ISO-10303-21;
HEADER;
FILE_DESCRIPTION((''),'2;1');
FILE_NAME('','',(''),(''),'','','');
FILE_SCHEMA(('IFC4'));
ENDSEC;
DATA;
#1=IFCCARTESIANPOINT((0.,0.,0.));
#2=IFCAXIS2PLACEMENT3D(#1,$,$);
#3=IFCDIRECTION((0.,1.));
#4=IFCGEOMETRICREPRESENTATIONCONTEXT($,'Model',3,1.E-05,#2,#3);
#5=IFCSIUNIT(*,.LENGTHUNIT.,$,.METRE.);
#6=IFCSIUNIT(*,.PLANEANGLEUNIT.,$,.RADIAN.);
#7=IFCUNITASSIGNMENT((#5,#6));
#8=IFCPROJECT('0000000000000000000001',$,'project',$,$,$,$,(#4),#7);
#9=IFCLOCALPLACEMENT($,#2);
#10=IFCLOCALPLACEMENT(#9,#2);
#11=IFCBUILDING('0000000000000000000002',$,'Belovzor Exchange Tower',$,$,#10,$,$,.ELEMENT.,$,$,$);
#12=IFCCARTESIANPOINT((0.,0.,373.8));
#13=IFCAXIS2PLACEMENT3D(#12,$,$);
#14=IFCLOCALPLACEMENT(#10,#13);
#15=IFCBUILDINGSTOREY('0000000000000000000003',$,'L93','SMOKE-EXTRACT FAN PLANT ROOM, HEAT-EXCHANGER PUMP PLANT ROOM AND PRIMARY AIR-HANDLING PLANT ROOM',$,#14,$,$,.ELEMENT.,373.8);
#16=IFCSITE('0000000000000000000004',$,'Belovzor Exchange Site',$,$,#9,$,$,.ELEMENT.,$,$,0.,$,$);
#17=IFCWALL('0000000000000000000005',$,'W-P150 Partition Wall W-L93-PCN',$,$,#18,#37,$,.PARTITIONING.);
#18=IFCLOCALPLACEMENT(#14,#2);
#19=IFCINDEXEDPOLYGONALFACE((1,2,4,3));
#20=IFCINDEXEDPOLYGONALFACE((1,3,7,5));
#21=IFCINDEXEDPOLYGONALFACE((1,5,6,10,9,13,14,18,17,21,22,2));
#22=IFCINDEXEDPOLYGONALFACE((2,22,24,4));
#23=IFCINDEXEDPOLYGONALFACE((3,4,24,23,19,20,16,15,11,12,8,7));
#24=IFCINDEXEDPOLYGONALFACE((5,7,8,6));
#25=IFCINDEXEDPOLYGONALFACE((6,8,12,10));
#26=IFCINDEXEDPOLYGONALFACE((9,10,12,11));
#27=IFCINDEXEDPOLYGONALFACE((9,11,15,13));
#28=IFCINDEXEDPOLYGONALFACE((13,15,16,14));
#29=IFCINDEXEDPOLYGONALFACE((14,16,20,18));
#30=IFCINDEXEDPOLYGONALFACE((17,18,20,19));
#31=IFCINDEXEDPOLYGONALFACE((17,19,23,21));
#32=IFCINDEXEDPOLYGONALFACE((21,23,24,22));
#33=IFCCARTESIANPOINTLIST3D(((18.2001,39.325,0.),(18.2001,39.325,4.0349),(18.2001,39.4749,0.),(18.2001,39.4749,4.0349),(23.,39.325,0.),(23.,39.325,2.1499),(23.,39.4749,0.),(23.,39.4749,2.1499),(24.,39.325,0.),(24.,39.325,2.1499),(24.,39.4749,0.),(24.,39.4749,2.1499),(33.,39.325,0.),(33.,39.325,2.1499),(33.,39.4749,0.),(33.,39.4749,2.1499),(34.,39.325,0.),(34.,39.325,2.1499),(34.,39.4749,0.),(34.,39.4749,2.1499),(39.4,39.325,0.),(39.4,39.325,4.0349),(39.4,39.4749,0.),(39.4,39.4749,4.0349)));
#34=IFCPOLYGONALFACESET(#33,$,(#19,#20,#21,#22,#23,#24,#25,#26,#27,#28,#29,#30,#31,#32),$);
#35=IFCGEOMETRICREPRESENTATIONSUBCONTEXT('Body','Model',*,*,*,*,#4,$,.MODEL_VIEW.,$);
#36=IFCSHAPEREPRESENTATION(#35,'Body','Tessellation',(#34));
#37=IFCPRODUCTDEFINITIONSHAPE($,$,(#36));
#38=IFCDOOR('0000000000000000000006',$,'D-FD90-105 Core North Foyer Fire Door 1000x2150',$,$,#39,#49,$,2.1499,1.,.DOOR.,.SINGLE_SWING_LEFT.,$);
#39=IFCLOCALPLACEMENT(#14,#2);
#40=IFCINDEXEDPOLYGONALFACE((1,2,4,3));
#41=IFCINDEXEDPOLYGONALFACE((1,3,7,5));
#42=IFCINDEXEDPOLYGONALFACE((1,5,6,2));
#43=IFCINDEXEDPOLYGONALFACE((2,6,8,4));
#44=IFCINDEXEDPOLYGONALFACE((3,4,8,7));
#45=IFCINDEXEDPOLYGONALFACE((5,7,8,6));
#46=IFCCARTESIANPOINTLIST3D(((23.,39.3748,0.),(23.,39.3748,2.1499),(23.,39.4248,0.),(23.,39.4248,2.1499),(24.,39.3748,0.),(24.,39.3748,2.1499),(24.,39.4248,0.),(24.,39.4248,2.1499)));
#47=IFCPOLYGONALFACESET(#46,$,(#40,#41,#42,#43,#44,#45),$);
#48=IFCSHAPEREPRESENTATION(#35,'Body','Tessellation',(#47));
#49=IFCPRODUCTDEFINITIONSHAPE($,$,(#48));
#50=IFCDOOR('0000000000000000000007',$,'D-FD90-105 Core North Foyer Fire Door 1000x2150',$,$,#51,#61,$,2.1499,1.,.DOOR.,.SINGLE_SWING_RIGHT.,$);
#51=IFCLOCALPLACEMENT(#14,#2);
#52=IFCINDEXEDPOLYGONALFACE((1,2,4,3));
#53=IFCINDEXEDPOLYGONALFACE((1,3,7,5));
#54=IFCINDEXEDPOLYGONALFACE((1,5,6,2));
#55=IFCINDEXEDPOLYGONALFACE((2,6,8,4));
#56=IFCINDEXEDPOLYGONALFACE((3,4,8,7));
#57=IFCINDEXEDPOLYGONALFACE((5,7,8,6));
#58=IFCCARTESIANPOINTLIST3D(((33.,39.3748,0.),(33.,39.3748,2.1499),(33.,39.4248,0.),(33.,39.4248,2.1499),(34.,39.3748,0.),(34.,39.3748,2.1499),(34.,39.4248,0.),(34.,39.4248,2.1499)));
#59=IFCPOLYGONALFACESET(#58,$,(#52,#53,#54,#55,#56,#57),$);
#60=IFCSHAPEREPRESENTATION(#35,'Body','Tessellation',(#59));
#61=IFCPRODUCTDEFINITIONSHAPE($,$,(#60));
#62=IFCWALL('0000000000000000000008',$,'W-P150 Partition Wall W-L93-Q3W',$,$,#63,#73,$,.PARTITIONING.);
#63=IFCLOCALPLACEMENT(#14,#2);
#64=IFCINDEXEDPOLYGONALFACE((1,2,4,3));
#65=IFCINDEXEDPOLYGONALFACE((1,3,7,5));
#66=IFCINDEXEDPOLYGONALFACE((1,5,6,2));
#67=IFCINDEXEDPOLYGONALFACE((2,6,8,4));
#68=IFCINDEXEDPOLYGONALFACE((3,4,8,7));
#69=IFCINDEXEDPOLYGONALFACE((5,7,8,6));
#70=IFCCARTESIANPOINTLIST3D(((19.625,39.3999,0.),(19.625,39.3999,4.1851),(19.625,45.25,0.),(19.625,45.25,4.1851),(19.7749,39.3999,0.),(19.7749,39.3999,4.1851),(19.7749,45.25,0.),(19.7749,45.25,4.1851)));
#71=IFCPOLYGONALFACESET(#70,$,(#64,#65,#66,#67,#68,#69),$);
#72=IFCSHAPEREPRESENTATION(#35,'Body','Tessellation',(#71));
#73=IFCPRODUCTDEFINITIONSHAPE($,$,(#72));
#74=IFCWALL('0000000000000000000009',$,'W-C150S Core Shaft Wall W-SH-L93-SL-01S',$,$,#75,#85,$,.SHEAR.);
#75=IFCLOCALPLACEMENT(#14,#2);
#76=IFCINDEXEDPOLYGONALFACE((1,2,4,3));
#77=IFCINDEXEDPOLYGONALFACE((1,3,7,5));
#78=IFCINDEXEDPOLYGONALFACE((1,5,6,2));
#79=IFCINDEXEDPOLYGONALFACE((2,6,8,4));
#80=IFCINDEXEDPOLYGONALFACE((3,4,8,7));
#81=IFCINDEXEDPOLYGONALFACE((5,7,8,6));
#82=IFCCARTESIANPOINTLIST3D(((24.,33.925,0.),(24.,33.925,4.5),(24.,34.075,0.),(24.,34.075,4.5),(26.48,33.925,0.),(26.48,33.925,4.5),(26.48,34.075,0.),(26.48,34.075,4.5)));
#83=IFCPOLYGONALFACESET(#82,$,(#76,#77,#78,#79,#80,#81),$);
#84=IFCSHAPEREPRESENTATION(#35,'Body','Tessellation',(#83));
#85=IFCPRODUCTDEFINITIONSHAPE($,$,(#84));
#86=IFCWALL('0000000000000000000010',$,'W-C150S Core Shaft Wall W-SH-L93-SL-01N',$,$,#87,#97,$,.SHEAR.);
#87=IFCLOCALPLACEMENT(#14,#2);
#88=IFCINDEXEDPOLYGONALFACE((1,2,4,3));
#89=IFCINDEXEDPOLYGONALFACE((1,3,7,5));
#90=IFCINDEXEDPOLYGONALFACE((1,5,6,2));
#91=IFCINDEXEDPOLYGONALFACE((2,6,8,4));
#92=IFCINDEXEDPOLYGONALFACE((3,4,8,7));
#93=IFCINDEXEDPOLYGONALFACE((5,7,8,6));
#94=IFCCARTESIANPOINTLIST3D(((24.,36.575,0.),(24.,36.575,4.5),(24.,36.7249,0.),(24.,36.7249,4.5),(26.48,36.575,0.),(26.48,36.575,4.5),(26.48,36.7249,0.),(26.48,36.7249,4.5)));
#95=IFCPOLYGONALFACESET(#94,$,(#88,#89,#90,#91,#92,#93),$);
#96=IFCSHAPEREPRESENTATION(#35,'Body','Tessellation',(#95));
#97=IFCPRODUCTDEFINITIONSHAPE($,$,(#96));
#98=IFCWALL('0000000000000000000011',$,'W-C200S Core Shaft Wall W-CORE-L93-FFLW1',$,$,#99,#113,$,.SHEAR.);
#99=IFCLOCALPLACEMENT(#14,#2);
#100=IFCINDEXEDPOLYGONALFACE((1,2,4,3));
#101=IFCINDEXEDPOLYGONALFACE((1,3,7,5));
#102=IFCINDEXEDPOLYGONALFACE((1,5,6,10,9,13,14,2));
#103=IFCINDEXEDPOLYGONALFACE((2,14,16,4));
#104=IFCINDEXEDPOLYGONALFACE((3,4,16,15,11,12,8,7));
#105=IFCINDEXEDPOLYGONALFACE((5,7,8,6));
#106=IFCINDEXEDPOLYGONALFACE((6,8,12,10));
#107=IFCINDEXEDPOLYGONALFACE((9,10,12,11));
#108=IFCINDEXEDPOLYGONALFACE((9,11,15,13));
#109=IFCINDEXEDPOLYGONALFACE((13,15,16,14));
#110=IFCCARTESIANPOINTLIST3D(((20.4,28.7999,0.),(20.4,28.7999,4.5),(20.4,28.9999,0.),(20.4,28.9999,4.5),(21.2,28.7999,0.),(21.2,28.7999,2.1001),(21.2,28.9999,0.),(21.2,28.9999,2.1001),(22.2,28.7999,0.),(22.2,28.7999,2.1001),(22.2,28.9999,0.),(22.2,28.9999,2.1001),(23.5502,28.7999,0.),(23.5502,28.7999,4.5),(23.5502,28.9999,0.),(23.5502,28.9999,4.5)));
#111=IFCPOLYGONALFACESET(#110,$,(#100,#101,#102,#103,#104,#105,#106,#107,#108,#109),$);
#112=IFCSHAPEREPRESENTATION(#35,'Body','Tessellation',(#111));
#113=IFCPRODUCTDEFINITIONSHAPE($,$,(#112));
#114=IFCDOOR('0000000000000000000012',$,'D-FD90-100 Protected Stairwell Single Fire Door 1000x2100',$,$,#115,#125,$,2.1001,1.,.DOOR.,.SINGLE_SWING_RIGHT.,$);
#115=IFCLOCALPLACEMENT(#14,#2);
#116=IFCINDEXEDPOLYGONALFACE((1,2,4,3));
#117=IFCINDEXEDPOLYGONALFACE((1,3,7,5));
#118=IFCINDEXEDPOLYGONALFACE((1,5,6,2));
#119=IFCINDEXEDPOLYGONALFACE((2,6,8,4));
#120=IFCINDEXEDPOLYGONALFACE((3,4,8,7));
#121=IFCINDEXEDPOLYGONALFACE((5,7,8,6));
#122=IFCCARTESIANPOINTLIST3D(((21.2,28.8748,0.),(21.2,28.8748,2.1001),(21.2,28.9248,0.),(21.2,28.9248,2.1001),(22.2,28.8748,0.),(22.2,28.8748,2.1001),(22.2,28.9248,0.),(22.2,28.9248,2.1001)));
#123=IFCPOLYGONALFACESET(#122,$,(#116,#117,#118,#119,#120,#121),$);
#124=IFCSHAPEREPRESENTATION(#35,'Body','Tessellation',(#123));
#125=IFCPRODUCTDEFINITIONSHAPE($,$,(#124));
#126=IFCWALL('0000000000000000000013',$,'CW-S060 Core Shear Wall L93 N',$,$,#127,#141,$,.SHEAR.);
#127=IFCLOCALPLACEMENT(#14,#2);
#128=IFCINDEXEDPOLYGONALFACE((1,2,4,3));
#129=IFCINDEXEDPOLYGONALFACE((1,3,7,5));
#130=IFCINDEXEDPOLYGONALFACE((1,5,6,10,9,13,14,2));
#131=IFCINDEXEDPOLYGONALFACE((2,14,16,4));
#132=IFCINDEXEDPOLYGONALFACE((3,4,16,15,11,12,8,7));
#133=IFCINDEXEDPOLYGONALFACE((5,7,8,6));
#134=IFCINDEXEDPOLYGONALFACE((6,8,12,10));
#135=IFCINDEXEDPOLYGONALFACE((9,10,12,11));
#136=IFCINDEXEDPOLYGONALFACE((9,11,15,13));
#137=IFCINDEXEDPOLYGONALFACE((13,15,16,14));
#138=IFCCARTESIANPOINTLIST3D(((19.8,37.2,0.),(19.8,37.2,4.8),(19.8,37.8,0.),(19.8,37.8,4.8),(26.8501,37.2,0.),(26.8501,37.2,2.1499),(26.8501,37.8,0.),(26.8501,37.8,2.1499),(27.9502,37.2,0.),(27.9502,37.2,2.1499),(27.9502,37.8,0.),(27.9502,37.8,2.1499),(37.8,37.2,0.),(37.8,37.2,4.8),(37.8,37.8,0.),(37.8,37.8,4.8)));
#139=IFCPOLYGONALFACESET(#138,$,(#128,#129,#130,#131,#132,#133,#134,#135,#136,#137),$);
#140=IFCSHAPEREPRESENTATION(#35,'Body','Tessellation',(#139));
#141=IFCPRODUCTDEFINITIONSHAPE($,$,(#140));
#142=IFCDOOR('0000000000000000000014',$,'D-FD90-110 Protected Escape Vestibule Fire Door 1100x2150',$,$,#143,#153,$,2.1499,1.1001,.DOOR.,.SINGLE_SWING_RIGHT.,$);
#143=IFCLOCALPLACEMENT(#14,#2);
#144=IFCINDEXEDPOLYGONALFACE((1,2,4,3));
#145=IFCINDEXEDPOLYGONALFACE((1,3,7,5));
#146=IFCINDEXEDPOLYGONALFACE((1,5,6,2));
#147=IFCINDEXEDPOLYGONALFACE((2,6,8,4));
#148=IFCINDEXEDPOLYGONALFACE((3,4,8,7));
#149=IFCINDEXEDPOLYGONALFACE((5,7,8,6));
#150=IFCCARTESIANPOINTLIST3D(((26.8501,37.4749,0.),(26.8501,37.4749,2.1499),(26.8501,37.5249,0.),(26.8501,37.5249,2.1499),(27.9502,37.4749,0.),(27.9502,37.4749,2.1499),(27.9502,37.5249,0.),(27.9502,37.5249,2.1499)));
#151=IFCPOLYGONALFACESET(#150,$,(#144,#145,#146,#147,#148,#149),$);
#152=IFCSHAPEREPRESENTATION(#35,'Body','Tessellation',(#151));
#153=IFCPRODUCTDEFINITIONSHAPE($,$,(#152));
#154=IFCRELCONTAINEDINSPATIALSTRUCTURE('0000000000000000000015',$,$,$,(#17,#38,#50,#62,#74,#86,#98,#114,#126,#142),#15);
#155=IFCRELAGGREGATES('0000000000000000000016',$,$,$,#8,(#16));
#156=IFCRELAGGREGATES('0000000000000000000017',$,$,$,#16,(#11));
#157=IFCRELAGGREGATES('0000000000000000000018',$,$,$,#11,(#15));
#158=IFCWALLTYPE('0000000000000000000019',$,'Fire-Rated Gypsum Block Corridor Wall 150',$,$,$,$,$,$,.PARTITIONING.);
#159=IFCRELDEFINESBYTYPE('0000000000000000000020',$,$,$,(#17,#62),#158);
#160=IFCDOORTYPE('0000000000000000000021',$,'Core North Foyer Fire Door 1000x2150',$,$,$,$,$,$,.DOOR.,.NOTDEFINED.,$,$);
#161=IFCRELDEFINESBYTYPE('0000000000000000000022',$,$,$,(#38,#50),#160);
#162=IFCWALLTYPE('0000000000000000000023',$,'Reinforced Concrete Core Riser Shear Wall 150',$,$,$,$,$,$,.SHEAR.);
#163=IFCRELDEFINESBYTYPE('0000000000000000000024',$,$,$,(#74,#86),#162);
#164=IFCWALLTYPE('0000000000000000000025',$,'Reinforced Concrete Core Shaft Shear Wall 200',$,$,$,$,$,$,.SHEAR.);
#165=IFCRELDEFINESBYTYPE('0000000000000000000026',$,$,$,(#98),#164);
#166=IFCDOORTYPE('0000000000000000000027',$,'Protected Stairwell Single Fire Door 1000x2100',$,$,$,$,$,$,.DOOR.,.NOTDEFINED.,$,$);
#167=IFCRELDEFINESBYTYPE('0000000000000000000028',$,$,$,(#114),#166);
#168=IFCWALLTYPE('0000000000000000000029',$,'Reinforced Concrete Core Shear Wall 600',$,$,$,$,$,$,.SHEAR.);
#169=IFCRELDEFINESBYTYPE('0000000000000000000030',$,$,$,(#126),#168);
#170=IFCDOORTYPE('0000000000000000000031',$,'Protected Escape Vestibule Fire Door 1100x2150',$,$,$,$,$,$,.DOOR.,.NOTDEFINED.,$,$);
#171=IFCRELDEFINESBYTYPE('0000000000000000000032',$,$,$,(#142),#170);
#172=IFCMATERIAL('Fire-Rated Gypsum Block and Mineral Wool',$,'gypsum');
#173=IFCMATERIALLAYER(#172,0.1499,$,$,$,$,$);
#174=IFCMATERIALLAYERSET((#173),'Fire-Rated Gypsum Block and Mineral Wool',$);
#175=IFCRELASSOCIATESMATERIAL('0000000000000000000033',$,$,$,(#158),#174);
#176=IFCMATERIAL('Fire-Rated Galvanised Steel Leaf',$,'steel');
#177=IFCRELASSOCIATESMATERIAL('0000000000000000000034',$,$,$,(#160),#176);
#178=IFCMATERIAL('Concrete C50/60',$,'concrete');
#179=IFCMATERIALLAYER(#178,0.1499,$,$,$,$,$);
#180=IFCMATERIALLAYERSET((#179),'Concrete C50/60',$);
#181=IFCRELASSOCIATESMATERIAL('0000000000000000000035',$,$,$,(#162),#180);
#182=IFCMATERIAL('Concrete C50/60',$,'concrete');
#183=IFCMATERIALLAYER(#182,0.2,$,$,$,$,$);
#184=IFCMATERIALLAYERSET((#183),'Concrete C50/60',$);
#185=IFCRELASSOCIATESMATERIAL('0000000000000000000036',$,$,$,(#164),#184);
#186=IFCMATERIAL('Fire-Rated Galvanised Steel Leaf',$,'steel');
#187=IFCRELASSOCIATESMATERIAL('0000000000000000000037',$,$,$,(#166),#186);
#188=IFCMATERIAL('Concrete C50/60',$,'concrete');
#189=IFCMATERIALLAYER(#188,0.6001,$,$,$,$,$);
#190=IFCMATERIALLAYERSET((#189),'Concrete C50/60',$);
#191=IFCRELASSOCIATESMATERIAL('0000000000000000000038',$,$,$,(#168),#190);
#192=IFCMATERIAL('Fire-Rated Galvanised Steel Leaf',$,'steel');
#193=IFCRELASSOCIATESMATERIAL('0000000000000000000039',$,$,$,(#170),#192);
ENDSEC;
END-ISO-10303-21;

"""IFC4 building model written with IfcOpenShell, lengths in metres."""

from ifc_helpers import new_model, si_unit, direction, frame, frame_2d, origin, place, context, subcontext, project, spatial, rectangle, extrude, material, layer, layer_set, type_object, element, fill, save


model = new_model("IFC4")

# Units and contexts
model_context = context("Model", 3, precision=1e-05, world=origin(), true_north=direction((0.0, 1.0)))
body_context = subcontext(model_context, "Body", "Model", "MODEL_VIEW")
ifc_project = project(units=[si_unit("LENGTHUNIT", "METRE"), si_unit("PLANEANGLEUNIT", "RADIAN")], contexts=[model_context])

# Site, building, storey
site_placement = place(None, origin())
site = spatial("IfcSite", under=ifc_project, at=site_placement, Name="Belovzor Exchange Site", CompositionType="ELEMENT", RefElevation=0.0)
building_placement = place(site_placement, origin())
building = spatial("IfcBuilding", under=site, at=building_placement, Name="Belovzor Exchange Tower", CompositionType="ELEMENT")
storey_placement = place(building_placement, frame((0.0, 0.0, 373.8)))
storey = spatial("IfcBuildingStorey", under=building, at=storey_placement, Name="L93", Description="SMOKE-EXTRACT FAN PLANT ROOM, HEAT-EXCHANGER PUMP PLANT ROOM AND PRIMARY AIR-HANDLING PLANT ROOM", CompositionType="ELEMENT", Elevation=373.8)

# Wall, openings, doors
ifc_material_1 = material(Name="Fire-Rated Gypsum Block and Mineral Wool", Category="gypsum")
ifc_layer_1 = layer(ifc_material_1, 0.1499)
ifc_layer_set_1 = layer_set([ifc_layer_1], Name="Fire-Rated Gypsum Block and Mineral Wool")
wall_type_1 = type_object("IfcWallType", Name="Fire-Rated Gypsum Block Corridor Wall 150", PredefinedType="PARTITIONING", material=ifc_layer_set_1)
wall_1_placement = place(storey_placement, frame((18.2, 39.3999, 0.0), z_axis=(0.0, 0.0, 1.0), x_axis=(1.0, 0.0, 0.0)))
wall_1 = element("IfcWall", 1, at=wall_1_placement, inside=storey, type_object=wall_type_1, Name="W-P150 Partition Wall W-L93-PCN", PredefinedType="PARTITIONING", context=body_context, shape_type="SweptSolid", body=[
    extrude(rectangle(XDim=21.2, YDim=0.1499, at=frame_2d((10.6001, 0.0))), origin(), (0.0, 0.0, 1.0), 4.0349),
])
opening_1_placement = place(wall_1_placement, frame((4.8, 0.0, 0.0)))
opening_1 = element("IfcOpeningElement", 2, at=opening_1_placement, cuts=wall_1, PredefinedType="OPENING", context=body_context, shape_type="SweptSolid", body=[
    extrude(rectangle(XDim=1.0, YDim=2.1499, at=frame_2d((0.5, 1.075))), frame((0.0, 0.085, 0.0), z_axis=(0.0, -1.0, 0.0), x_axis=(1.0, 0.0, 0.0)), (0.0, 0.0, 1.0), 0.1699),
])
opening_2_placement = place(wall_1_placement, frame((14.8, 0.0, 0.0)))
opening_2 = element("IfcOpeningElement", 3, at=opening_2_placement, cuts=wall_1, PredefinedType="OPENING", context=body_context, shape_type="SweptSolid", body=[
    extrude(rectangle(XDim=1.0, YDim=2.1499, at=frame_2d((0.5, 1.075))), frame((0.0, 0.085, 0.0), z_axis=(0.0, -1.0, 0.0), x_axis=(1.0, 0.0, 0.0)), (0.0, 0.0, 1.0), 0.1699),
])
ifc_material_2 = material(Name="Fire-Rated Galvanised Steel Leaf", Category="steel")
door_type_1 = type_object("IfcDoorType", Name="Core North Foyer Fire Door 1000x2150", OperationType="NOTDEFINED", PredefinedType="DOOR", material=ifc_material_2)
door_1_placement = place(opening_1_placement, origin())
door_1 = element("IfcDoor", 4, at=door_1_placement, inside=storey, type_object=door_type_1, Name="D-FD90-105 Core North Foyer Fire Door 1000x2150", OperationType="SINGLE_SWING_LEFT", OverallHeight=2.1499, OverallWidth=1.0, PredefinedType="DOOR", context=body_context, shape_type="SweptSolid", body=[
    extrude(rectangle(XDim=1.0, YDim=2.1499, at=frame_2d((0.5, 1.075))), frame((0.0, 0.0249, 0.0), z_axis=(0.0, -1.0, 0.0), x_axis=(1.0, 0.0, 0.0)), (0.0, 0.0, 1.0), 0.05),
])
fill(opening_1, door_1)
door_2_placement = place(opening_2_placement, origin())
door_2 = element("IfcDoor", 5, at=door_2_placement, inside=storey, type_object=door_type_1, Name="D-FD90-105 Core North Foyer Fire Door 1000x2150", OperationType="SINGLE_SWING_RIGHT", OverallHeight=2.1499, OverallWidth=1.0, PredefinedType="DOOR", context=body_context, shape_type="SweptSolid", body=[
    extrude(rectangle(XDim=1.0, YDim=2.1499, at=frame_2d((0.5, 1.075))), frame((0.0, 0.0249, 0.0), z_axis=(0.0, -1.0, 0.0), x_axis=(1.0, 0.0, 0.0)), (0.0, 0.0, 1.0), 0.05),
])
fill(opening_2, door_2)

# Walls
wall_2_placement = place(storey_placement, frame((19.7, 39.3999, 0.0), z_axis=(0.0, 0.0, 1.0), x_axis=(0.0, 1.0, 0.0)))
element("IfcWall", 6, at=wall_2_placement, inside=storey, type_object=wall_type_1, Name="W-P150 Partition Wall W-L93-Q3W", PredefinedType="PARTITIONING", context=body_context, shape_type="SweptSolid", body=[
    extrude(rectangle(XDim=5.8501, YDim=0.1499, at=frame_2d((2.925, 0.0))), origin(), (0.0, 0.0, 1.0), 4.1851),
])
ifc_material_3 = material(Name="Concrete C50/60", Category="concrete")
ifc_layer_2 = layer(ifc_material_3, 0.1499)
ifc_layer_set_2 = layer_set([ifc_layer_2], Name="Concrete C50/60")
wall_type_2 = type_object("IfcWallType", Name="Reinforced Concrete Core Riser Shear Wall 150", PredefinedType="SHEAR", material=ifc_layer_set_2)
for number, where, z_axis, x_axis, name in (
    (7, (24.0, 34.0, 0.0), (0.0, 0.0, 1.0), (1.0, 0.0, 0.0), "W-C150S Core Shaft Wall W-SH-L93-SL-01S"),
    (8, (24.0, 36.6499, 0.0), (0.0, 0.0, 1.0), (1.0, 0.0, 0.0), "W-C150S Core Shaft Wall W-SH-L93-SL-01N"),
):
    element("IfcWall", number, at=place(storey_placement, frame(where, z_axis=z_axis, x_axis=x_axis)), inside=storey, type_object=wall_type_2, Name=name, PredefinedType="SHEAR", context=body_context, shape_type="SweptSolid", body=[
        extrude(rectangle(XDim=2.48, YDim=0.1499, at=frame_2d((1.24, 0.0))), origin(), (0.0, 0.0, 1.0), 4.5),
    ])

# Walls, openings, doors
ifc_material_4 = material(Name="Concrete C50/60", Category="concrete")
ifc_layer_3 = layer(ifc_material_4, 0.2)
ifc_layer_set_3 = layer_set([ifc_layer_3], Name="Concrete C50/60")
wall_type_3 = type_object("IfcWallType", Name="Reinforced Concrete Core Shaft Shear Wall 200", PredefinedType="SHEAR", material=ifc_layer_set_3)
wall_3_placement = place(storey_placement, frame((20.3999, 28.8999, 0.0), z_axis=(0.0, 0.0, 1.0), x_axis=(1.0, 0.0, 0.0)))
wall_3 = element("IfcWall", 9, at=wall_3_placement, inside=storey, type_object=wall_type_3, Name="W-C200S Core Shaft Wall W-CORE-L93-FFLW1", PredefinedType="SHEAR", context=body_context, shape_type="SweptSolid", body=[
    extrude(rectangle(XDim=3.1501, YDim=0.2, at=frame_2d((1.5752, 0.0))), origin(), (0.0, 0.0, 1.0), 4.5),
])
opening_3_placement = place(wall_3_placement, frame((0.8, 0.0, 0.0)))
opening_3 = element("IfcOpeningElement", 10, at=opening_3_placement, cuts=wall_3, PredefinedType="OPENING", context=body_context, shape_type="SweptSolid", body=[
    extrude(rectangle(XDim=1.0, YDim=2.1001, at=frame_2d((0.5, 1.05))), frame((0.0, 0.1099, 0.0), z_axis=(0.0, -1.0, 0.0), x_axis=(1.0, 0.0, 0.0)), (0.0, 0.0, 1.0), 0.22),
])
ifc_material_5 = material(Name="Fire-Rated Galvanised Steel Leaf", Category="steel")
door_type_2 = type_object("IfcDoorType", Name="Protected Stairwell Single Fire Door 1000x2100", OperationType="NOTDEFINED", PredefinedType="DOOR", material=ifc_material_5)
door_3_placement = place(opening_3_placement, origin())
door_3 = element("IfcDoor", 11, at=door_3_placement, inside=storey, type_object=door_type_2, Name="D-FD90-100 Protected Stairwell Single Fire Door 1000x2100", OperationType="SINGLE_SWING_RIGHT", OverallHeight=2.1001, OverallWidth=1.0, PredefinedType="DOOR", context=body_context, shape_type="SweptSolid", body=[
    extrude(rectangle(XDim=1.0, YDim=2.1001, at=frame_2d((0.5, 1.05))), frame((0.0, 0.0249, 0.0), z_axis=(0.0, -1.0, 0.0), x_axis=(1.0, 0.0, 0.0)), (0.0, 0.0, 1.0), 0.05),
])
fill(opening_3, door_3)
ifc_material_6 = material(Name="Concrete C50/60", Category="concrete")
ifc_layer_4 = layer(ifc_material_6, 0.6001)
ifc_layer_set_4 = layer_set([ifc_layer_4], Name="Concrete C50/60")
wall_type_4 = type_object("IfcWallType", Name="Reinforced Concrete Core Shear Wall 600", PredefinedType="SHEAR", material=ifc_layer_set_4)
wall_4_placement = place(storey_placement, frame((19.8, 37.5, 0.0), z_axis=(0.0, 0.0, 1.0), x_axis=(1.0, 0.0, 0.0)))
wall_4 = element("IfcWall", 12, at=wall_4_placement, inside=storey, type_object=wall_type_4, Name="CW-S060 Core Shear Wall L93 N", PredefinedType="SHEAR", context=body_context, shape_type="SweptSolid", body=[
    extrude(rectangle(XDim=18.0, YDim=0.6001, at=frame_2d((9.0, 0.0))), origin(), (0.0, 0.0, 1.0), 4.8),
])
opening_4_placement = place(wall_4_placement, frame((7.05, 0.0, 0.0)))
opening_4 = element("IfcOpeningElement", 13, at=opening_4_placement, cuts=wall_4, PredefinedType="OPENING", context=body_context, shape_type="SweptSolid", body=[
    extrude(rectangle(XDim=1.1001, YDim=2.1499, at=frame_2d((0.55, 1.075))), frame((0.0, 0.3101, 0.0), z_axis=(0.0, -1.0, 0.0), x_axis=(1.0, 0.0, 0.0)), (0.0, 0.0, 1.0), 0.6201),
])
ifc_material_7 = material(Name="Fire-Rated Galvanised Steel Leaf", Category="steel")
door_type_3 = type_object("IfcDoorType", Name="Protected Escape Vestibule Fire Door 1100x2150", OperationType="NOTDEFINED", PredefinedType="DOOR", material=ifc_material_7)
door_4_placement = place(opening_4_placement, origin())
door_4 = element("IfcDoor", 14, at=door_4_placement, inside=storey, type_object=door_type_3, Name="D-FD90-110 Protected Escape Vestibule Fire Door 1100x2150", OperationType="SINGLE_SWING_RIGHT", OverallHeight=2.1499, OverallWidth=1.1001, PredefinedType="DOOR", context=body_context, shape_type="SweptSolid", body=[
    extrude(rectangle(XDim=1.1001, YDim=2.1499, at=frame_2d((0.55, 1.075))), frame((0.0, 0.0249, 0.0), z_axis=(0.0, -1.0, 0.0), x_axis=(1.0, 0.0, 0.0)), (0.0, 0.0, 1.0), 0.05),
])
fill(opening_4, door_4)

save(model, "model.ifc")
